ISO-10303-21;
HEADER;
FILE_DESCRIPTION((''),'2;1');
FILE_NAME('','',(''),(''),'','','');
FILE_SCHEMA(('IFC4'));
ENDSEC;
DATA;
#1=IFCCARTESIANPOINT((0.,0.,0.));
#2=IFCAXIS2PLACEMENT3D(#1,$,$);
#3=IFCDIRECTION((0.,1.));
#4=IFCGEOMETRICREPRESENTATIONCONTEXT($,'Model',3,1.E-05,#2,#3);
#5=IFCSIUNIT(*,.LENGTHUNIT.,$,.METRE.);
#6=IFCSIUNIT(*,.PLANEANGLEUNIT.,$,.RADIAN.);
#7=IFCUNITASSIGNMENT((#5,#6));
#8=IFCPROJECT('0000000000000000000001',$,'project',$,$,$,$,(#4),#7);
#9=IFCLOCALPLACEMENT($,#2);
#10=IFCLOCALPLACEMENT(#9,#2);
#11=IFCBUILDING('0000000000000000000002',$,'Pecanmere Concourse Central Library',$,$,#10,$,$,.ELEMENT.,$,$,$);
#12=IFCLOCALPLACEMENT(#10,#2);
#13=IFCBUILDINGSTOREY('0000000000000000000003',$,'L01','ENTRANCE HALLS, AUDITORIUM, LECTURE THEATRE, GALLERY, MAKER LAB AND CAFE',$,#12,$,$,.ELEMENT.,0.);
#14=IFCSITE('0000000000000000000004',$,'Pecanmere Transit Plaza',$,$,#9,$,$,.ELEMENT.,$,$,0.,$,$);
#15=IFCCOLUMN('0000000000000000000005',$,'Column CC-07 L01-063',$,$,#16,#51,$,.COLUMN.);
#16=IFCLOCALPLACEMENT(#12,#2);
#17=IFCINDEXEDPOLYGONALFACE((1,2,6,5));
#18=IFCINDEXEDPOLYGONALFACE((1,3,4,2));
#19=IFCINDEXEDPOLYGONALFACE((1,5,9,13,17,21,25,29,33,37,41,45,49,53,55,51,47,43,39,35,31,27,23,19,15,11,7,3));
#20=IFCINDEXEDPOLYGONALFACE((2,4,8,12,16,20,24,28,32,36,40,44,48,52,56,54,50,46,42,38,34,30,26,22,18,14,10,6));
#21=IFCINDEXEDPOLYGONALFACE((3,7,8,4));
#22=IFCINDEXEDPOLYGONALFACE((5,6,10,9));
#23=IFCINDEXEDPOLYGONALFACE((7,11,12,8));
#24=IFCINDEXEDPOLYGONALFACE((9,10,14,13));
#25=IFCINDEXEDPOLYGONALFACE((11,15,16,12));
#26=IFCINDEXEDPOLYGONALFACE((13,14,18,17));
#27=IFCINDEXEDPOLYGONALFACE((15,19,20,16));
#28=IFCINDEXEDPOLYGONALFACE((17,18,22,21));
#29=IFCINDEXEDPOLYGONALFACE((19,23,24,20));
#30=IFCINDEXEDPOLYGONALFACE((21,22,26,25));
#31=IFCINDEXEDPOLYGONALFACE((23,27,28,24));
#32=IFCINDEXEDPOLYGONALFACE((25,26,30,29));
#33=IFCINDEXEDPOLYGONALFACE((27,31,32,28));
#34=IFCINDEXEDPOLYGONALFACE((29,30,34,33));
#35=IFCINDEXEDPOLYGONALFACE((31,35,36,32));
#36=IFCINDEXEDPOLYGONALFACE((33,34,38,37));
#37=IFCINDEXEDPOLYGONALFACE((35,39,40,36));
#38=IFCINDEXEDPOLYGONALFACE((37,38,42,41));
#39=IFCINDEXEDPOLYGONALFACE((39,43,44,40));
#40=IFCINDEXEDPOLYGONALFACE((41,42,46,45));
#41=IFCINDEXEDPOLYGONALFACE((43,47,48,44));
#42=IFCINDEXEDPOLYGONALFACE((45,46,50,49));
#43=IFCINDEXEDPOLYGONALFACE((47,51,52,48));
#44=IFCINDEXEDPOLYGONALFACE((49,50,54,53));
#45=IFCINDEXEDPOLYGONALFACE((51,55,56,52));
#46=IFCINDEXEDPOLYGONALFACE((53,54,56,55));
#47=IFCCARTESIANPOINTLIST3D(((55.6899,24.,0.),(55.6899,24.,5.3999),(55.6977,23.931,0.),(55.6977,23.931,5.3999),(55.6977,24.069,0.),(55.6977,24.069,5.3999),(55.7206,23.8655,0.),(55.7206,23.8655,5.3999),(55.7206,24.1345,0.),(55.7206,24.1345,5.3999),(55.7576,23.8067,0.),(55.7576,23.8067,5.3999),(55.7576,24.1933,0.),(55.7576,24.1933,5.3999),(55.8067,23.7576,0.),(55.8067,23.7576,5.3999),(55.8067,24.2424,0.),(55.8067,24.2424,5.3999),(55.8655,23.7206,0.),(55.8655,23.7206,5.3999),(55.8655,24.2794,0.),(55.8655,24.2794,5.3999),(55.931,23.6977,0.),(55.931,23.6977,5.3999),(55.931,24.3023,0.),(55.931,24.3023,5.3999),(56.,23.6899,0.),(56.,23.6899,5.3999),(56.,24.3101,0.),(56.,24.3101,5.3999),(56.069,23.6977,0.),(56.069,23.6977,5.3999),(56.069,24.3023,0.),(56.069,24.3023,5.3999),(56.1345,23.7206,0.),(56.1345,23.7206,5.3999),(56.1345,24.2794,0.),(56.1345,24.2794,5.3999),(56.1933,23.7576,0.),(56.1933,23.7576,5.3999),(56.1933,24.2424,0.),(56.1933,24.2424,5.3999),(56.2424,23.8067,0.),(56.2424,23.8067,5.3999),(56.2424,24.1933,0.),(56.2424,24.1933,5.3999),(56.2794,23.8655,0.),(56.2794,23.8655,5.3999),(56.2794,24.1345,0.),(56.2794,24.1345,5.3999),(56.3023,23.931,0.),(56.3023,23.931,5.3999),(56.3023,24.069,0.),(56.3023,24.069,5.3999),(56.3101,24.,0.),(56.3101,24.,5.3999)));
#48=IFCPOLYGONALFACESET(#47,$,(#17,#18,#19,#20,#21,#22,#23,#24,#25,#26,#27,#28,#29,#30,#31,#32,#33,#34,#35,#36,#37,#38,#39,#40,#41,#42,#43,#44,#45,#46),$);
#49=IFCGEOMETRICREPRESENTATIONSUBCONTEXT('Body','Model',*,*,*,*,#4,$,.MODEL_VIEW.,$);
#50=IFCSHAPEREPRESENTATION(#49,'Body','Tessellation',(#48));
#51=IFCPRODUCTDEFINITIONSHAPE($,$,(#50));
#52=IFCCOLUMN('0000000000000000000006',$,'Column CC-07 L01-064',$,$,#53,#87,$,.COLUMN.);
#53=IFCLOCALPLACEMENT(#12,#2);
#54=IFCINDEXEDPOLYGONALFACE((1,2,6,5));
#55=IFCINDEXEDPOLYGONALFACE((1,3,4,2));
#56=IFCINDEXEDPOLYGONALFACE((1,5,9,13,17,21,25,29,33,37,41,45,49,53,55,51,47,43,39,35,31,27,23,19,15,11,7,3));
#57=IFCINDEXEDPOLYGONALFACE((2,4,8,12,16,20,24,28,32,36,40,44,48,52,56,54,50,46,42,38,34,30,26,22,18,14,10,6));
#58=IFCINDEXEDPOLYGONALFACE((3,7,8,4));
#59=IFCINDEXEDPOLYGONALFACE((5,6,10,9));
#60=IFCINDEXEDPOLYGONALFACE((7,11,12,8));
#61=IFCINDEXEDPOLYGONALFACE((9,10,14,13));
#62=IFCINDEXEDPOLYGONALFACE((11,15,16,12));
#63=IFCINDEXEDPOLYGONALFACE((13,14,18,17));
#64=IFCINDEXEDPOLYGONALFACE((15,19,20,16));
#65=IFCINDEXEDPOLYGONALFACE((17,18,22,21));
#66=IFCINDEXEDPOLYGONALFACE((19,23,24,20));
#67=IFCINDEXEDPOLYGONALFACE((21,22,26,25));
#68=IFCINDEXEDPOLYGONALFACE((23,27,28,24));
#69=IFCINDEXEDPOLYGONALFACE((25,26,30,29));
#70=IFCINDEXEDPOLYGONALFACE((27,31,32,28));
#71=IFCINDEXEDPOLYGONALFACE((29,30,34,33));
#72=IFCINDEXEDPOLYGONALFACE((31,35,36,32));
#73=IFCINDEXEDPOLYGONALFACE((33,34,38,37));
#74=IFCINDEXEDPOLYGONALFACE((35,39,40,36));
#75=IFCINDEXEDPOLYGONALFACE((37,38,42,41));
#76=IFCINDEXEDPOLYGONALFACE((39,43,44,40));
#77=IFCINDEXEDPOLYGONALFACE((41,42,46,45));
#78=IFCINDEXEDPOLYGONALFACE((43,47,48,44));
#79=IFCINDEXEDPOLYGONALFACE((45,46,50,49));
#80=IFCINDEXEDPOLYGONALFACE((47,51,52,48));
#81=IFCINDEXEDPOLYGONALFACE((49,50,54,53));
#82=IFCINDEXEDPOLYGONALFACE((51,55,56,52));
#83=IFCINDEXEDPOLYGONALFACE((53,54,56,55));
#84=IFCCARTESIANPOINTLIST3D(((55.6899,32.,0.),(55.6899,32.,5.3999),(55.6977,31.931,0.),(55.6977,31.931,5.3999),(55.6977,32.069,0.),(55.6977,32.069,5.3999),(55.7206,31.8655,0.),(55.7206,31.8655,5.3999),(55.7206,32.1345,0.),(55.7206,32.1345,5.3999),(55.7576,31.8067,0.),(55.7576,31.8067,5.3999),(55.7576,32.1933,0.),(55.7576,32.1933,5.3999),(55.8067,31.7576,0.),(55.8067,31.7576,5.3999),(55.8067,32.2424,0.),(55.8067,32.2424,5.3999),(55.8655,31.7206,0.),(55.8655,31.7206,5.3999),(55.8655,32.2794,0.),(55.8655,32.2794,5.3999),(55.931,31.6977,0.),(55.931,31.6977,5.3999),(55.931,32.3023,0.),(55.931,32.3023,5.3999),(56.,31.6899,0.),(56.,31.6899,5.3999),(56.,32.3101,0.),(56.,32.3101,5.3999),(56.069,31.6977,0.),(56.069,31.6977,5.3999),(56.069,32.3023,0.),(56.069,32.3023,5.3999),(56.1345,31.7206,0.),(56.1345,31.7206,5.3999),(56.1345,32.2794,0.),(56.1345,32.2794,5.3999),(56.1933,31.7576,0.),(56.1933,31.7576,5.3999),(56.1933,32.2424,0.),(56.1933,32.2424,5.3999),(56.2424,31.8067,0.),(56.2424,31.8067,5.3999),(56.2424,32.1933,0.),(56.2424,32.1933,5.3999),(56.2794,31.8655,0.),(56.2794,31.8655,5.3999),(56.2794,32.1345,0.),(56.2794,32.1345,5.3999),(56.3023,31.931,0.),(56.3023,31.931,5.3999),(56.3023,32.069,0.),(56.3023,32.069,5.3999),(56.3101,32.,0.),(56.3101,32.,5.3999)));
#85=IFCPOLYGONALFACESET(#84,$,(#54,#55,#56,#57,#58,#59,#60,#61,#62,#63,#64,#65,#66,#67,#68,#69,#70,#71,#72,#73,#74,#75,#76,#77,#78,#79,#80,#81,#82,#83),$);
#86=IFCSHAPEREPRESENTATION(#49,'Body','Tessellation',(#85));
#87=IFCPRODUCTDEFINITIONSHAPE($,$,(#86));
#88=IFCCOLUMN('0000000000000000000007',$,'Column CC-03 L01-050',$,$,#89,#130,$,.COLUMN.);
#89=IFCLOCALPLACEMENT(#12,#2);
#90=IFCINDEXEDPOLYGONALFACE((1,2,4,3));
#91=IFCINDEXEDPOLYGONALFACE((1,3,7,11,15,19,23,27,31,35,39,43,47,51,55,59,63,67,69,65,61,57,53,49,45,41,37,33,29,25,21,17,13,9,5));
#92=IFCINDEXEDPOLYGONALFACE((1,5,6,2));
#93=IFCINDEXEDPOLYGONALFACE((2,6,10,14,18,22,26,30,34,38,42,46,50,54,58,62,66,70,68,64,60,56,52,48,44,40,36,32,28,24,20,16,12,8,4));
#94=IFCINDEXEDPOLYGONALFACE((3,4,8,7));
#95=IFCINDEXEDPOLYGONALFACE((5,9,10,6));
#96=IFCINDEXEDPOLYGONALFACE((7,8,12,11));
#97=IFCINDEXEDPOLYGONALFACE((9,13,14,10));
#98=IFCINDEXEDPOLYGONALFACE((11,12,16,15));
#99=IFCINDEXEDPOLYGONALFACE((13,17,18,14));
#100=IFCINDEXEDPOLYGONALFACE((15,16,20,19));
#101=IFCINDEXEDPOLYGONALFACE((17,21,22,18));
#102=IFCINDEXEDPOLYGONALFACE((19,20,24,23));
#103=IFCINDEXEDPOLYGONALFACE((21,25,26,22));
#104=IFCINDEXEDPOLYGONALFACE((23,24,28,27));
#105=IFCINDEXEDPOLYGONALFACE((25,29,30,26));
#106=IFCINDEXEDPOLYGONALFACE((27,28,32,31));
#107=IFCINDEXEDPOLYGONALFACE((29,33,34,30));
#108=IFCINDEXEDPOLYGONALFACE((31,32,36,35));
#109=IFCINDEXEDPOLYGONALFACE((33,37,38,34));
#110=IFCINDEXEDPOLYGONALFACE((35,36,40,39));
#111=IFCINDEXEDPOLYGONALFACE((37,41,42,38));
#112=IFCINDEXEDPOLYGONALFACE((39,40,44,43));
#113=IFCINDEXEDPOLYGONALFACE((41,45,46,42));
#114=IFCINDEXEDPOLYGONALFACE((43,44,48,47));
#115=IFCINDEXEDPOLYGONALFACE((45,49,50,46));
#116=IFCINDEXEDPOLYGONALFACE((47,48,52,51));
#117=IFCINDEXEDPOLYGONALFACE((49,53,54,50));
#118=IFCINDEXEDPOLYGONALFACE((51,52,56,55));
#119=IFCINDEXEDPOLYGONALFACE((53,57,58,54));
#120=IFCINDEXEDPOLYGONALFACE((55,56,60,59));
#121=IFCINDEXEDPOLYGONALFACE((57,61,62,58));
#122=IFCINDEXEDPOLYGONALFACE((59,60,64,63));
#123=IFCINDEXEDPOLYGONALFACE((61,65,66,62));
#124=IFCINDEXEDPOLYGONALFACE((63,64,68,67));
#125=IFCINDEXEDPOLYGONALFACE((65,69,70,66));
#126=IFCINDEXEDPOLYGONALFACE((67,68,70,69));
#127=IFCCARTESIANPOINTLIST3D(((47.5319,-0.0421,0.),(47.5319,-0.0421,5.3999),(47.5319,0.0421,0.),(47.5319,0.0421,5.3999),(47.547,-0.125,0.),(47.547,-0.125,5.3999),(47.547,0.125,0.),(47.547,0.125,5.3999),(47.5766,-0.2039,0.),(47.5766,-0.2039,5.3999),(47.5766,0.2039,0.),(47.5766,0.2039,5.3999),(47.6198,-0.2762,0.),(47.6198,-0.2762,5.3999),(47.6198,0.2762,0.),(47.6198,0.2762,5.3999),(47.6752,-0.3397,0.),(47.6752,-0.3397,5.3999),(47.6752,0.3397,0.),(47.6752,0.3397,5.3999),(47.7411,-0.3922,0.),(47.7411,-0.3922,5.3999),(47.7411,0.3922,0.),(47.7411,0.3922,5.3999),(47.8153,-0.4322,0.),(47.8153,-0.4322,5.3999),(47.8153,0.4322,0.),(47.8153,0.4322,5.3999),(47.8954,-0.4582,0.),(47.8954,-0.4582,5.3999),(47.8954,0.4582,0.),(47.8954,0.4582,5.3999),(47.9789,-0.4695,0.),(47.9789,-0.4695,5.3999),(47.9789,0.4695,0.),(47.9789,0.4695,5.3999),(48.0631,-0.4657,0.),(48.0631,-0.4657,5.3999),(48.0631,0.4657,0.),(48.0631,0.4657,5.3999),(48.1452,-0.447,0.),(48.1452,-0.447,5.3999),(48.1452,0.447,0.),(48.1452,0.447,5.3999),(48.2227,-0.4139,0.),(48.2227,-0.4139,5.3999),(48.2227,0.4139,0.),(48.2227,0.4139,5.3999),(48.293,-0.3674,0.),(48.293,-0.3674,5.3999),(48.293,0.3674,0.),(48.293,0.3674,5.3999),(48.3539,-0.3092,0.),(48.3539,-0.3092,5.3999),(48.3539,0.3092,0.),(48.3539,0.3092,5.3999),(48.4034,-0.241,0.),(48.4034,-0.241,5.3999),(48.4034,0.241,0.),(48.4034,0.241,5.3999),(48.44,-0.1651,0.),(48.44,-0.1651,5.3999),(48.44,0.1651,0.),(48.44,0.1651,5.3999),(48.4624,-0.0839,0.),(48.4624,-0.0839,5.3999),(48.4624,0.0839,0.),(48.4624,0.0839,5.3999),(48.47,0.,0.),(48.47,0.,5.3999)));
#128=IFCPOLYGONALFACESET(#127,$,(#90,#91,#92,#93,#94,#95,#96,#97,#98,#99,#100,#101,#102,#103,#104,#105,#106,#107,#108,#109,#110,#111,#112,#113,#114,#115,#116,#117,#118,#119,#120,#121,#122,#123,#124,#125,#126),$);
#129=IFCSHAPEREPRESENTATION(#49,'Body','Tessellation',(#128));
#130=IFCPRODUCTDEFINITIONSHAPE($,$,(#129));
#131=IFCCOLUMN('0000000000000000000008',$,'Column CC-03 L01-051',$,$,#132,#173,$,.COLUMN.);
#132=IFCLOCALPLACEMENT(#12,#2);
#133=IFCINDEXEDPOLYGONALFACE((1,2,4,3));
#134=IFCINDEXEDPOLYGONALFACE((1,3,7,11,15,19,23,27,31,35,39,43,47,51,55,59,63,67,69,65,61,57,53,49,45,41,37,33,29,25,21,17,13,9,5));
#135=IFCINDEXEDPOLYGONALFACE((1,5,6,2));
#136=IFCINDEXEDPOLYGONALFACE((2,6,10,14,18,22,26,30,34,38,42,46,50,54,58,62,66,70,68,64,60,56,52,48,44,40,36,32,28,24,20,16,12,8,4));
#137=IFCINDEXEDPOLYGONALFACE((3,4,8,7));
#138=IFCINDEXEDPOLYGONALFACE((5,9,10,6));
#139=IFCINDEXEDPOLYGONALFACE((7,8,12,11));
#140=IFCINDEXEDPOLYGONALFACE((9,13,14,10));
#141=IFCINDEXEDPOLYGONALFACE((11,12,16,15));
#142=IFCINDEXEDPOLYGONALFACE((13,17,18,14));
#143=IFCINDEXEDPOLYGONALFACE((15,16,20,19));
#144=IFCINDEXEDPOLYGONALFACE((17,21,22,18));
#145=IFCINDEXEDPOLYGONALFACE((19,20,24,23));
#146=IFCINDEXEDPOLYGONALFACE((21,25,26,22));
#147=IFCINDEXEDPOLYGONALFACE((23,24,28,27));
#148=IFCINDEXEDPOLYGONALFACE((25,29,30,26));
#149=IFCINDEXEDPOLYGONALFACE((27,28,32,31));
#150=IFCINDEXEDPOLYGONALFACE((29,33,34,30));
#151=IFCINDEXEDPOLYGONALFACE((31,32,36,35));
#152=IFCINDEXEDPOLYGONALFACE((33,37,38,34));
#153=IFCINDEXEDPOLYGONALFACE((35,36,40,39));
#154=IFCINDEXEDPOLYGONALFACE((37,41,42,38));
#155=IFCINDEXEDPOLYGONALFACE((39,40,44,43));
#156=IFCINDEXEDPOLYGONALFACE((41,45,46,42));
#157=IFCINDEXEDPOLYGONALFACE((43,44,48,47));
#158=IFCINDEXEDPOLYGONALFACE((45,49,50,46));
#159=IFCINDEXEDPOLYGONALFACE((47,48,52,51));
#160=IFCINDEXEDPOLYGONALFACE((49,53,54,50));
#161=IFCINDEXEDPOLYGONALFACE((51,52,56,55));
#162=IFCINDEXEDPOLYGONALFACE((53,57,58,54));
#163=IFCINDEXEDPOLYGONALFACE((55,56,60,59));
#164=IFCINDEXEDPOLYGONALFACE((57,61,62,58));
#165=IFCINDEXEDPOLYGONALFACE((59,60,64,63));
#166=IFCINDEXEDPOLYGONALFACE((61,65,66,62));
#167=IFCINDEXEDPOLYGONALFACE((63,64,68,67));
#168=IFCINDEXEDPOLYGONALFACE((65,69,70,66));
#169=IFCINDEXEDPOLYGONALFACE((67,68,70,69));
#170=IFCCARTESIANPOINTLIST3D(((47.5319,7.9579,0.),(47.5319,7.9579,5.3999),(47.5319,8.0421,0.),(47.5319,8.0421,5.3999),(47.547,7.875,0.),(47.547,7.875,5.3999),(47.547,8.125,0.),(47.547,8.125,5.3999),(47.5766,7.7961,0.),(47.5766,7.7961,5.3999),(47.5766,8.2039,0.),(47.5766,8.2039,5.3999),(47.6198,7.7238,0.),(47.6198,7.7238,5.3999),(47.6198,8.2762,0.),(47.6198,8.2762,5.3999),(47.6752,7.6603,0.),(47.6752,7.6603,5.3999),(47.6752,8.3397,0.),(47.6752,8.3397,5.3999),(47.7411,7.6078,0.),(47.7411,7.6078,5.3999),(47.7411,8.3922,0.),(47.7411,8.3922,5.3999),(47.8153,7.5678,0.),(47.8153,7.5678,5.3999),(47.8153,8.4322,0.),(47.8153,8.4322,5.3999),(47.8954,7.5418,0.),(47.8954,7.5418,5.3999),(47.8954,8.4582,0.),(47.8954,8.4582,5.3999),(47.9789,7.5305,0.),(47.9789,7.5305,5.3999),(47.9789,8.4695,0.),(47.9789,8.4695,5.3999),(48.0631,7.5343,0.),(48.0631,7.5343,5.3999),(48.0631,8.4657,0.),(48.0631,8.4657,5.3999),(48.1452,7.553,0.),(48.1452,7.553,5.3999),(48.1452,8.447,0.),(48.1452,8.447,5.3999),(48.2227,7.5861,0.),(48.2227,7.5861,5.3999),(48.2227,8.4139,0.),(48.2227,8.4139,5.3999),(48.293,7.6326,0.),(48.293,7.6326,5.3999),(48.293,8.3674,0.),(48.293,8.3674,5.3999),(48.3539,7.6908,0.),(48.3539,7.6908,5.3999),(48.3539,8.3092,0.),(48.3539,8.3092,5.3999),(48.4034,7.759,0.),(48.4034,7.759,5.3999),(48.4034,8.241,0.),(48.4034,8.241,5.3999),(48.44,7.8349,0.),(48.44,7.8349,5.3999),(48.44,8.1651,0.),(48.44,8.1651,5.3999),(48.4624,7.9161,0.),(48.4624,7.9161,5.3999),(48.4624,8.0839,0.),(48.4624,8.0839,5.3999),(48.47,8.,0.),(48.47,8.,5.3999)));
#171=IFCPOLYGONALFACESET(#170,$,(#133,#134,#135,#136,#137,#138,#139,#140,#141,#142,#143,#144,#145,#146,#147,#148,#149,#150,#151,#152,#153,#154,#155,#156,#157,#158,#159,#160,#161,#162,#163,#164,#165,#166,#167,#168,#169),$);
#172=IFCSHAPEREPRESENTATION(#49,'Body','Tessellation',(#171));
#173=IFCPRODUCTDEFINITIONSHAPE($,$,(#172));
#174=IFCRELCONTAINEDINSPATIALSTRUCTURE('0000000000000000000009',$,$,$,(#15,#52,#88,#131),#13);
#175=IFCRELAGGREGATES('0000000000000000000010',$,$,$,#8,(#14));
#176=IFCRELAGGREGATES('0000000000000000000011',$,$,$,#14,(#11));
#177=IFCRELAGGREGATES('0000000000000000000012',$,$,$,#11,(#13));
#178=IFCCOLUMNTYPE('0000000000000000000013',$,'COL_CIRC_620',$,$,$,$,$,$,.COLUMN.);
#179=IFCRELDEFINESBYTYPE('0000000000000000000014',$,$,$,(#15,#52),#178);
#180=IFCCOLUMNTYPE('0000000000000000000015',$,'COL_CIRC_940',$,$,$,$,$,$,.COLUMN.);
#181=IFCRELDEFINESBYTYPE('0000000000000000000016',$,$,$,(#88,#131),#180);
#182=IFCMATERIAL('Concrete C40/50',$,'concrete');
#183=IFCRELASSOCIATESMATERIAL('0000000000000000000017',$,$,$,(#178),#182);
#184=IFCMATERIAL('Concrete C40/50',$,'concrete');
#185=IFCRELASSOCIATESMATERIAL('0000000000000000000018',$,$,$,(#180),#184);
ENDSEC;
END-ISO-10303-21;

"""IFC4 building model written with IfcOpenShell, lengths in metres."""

from ifc_helpers import new_model, si_unit, direction, frame, origin, origin_2d, place, context, subcontext, project, spatial, circle, extrude, material, material_profile, profile_set, type_object, element, save


model = new_model("IFC4")

# Units and contexts
model_context = context("Model", 3, precision=1e-05, world=origin(), true_north=direction((0.0, 1.0)))
body_context = subcontext(model_context, "Body", "Model", "MODEL_VIEW")
ifc_project = project(units=[si_unit("LENGTHUNIT", "METRE"), si_unit("PLANEANGLEUNIT", "RADIAN")], contexts=[model_context])

# Site, building, storey
site_placement = place(None, origin())
site = spatial("IfcSite", under=ifc_project, at=site_placement, Name="Pecanmere Transit Plaza", CompositionType="ELEMENT", RefElevation=0.0)
building_placement = place(site_placement, origin())
building = spatial("IfcBuilding", under=site, at=building_placement, Name="Pecanmere Concourse Central Library", CompositionType="ELEMENT")
storey_placement = place(building_placement, origin())
storey = spatial("IfcBuildingStorey", under=building, at=storey_placement, Name="L01", Description="ENTRANCE HALLS, AUDITORIUM, LECTURE THEATRE, GALLERY, MAKER LAB AND CAFE", CompositionType="ELEMENT", Elevation=0.0)

# Columns
ifc_material_1 = material(Name="Concrete C40/50", Category="concrete")
ifc_material_profile_1 = material_profile(ifc_material_1, circle(Radius=0.3101, at=origin_2d()), Name="RC D620")
ifc_profile_set_1 = profile_set([ifc_material_profile_1], Name="Concrete C40/50")
column_type_1 = type_object("IfcColumnType", Name="COL_CIRC_620", PredefinedType="COLUMN", material=ifc_profile_set_1)
for number, where, z_axis, x_axis, name in (
    (1, (56.0, 24.0, 0.0), (0.0, 0.0, 1.0), (1.0, 0.0, 0.0), "Column CC-07 L01-063"),
    (2, (56.0, 32.0, 0.0), (0.0, 0.0, 1.0), (1.0, 0.0, 0.0), "Column CC-07 L01-064"),
):
    element("IfcColumn", number, at=place(storey_placement, frame(where, z_axis=z_axis, x_axis=x_axis)), inside=storey, type_object=column_type_1, Name=name, PredefinedType="COLUMN", context=body_context, shape_type="SweptSolid", body=[
        extrude(circle(Radius=0.3101, at=origin_2d()), origin(), (0.0, 0.0, 1.0), 5.3999),
    ])
ifc_material_2 = material(Name="Concrete C40/50", Category="concrete")
ifc_material_profile_2 = material_profile(ifc_material_2, circle(Radius=0.47, at=origin_2d()), Name="RC D940")
ifc_profile_set_2 = profile_set([ifc_material_profile_2], Name="Concrete C40/50")
column_type_2 = type_object("IfcColumnType", Name="COL_CIRC_940", PredefinedType="COLUMN", material=ifc_profile_set_2)
for number, where, z_axis, x_axis, name in (
    (3, (48.0, 0.0, 0.0), (0.0, 0.0, 1.0), (1.0, 0.0, 0.0), "Column CC-03 L01-050"),
    (4, (48.0, 8.0, 0.0), (0.0, 0.0, 1.0), (1.0, 0.0, 0.0), "Column CC-03 L01-051"),
):
    element("IfcColumn", number, at=place(storey_placement, frame(where, z_axis=z_axis, x_axis=x_axis)), inside=storey, type_object=column_type_2, Name=name, PredefinedType="COLUMN", context=body_context, shape_type="SweptSolid", body=[
        extrude(circle(Radius=0.47, at=origin_2d()), origin(), (0.0, 0.0, 1.0), 5.3999),
    ])

save(model, "model.ifc")
